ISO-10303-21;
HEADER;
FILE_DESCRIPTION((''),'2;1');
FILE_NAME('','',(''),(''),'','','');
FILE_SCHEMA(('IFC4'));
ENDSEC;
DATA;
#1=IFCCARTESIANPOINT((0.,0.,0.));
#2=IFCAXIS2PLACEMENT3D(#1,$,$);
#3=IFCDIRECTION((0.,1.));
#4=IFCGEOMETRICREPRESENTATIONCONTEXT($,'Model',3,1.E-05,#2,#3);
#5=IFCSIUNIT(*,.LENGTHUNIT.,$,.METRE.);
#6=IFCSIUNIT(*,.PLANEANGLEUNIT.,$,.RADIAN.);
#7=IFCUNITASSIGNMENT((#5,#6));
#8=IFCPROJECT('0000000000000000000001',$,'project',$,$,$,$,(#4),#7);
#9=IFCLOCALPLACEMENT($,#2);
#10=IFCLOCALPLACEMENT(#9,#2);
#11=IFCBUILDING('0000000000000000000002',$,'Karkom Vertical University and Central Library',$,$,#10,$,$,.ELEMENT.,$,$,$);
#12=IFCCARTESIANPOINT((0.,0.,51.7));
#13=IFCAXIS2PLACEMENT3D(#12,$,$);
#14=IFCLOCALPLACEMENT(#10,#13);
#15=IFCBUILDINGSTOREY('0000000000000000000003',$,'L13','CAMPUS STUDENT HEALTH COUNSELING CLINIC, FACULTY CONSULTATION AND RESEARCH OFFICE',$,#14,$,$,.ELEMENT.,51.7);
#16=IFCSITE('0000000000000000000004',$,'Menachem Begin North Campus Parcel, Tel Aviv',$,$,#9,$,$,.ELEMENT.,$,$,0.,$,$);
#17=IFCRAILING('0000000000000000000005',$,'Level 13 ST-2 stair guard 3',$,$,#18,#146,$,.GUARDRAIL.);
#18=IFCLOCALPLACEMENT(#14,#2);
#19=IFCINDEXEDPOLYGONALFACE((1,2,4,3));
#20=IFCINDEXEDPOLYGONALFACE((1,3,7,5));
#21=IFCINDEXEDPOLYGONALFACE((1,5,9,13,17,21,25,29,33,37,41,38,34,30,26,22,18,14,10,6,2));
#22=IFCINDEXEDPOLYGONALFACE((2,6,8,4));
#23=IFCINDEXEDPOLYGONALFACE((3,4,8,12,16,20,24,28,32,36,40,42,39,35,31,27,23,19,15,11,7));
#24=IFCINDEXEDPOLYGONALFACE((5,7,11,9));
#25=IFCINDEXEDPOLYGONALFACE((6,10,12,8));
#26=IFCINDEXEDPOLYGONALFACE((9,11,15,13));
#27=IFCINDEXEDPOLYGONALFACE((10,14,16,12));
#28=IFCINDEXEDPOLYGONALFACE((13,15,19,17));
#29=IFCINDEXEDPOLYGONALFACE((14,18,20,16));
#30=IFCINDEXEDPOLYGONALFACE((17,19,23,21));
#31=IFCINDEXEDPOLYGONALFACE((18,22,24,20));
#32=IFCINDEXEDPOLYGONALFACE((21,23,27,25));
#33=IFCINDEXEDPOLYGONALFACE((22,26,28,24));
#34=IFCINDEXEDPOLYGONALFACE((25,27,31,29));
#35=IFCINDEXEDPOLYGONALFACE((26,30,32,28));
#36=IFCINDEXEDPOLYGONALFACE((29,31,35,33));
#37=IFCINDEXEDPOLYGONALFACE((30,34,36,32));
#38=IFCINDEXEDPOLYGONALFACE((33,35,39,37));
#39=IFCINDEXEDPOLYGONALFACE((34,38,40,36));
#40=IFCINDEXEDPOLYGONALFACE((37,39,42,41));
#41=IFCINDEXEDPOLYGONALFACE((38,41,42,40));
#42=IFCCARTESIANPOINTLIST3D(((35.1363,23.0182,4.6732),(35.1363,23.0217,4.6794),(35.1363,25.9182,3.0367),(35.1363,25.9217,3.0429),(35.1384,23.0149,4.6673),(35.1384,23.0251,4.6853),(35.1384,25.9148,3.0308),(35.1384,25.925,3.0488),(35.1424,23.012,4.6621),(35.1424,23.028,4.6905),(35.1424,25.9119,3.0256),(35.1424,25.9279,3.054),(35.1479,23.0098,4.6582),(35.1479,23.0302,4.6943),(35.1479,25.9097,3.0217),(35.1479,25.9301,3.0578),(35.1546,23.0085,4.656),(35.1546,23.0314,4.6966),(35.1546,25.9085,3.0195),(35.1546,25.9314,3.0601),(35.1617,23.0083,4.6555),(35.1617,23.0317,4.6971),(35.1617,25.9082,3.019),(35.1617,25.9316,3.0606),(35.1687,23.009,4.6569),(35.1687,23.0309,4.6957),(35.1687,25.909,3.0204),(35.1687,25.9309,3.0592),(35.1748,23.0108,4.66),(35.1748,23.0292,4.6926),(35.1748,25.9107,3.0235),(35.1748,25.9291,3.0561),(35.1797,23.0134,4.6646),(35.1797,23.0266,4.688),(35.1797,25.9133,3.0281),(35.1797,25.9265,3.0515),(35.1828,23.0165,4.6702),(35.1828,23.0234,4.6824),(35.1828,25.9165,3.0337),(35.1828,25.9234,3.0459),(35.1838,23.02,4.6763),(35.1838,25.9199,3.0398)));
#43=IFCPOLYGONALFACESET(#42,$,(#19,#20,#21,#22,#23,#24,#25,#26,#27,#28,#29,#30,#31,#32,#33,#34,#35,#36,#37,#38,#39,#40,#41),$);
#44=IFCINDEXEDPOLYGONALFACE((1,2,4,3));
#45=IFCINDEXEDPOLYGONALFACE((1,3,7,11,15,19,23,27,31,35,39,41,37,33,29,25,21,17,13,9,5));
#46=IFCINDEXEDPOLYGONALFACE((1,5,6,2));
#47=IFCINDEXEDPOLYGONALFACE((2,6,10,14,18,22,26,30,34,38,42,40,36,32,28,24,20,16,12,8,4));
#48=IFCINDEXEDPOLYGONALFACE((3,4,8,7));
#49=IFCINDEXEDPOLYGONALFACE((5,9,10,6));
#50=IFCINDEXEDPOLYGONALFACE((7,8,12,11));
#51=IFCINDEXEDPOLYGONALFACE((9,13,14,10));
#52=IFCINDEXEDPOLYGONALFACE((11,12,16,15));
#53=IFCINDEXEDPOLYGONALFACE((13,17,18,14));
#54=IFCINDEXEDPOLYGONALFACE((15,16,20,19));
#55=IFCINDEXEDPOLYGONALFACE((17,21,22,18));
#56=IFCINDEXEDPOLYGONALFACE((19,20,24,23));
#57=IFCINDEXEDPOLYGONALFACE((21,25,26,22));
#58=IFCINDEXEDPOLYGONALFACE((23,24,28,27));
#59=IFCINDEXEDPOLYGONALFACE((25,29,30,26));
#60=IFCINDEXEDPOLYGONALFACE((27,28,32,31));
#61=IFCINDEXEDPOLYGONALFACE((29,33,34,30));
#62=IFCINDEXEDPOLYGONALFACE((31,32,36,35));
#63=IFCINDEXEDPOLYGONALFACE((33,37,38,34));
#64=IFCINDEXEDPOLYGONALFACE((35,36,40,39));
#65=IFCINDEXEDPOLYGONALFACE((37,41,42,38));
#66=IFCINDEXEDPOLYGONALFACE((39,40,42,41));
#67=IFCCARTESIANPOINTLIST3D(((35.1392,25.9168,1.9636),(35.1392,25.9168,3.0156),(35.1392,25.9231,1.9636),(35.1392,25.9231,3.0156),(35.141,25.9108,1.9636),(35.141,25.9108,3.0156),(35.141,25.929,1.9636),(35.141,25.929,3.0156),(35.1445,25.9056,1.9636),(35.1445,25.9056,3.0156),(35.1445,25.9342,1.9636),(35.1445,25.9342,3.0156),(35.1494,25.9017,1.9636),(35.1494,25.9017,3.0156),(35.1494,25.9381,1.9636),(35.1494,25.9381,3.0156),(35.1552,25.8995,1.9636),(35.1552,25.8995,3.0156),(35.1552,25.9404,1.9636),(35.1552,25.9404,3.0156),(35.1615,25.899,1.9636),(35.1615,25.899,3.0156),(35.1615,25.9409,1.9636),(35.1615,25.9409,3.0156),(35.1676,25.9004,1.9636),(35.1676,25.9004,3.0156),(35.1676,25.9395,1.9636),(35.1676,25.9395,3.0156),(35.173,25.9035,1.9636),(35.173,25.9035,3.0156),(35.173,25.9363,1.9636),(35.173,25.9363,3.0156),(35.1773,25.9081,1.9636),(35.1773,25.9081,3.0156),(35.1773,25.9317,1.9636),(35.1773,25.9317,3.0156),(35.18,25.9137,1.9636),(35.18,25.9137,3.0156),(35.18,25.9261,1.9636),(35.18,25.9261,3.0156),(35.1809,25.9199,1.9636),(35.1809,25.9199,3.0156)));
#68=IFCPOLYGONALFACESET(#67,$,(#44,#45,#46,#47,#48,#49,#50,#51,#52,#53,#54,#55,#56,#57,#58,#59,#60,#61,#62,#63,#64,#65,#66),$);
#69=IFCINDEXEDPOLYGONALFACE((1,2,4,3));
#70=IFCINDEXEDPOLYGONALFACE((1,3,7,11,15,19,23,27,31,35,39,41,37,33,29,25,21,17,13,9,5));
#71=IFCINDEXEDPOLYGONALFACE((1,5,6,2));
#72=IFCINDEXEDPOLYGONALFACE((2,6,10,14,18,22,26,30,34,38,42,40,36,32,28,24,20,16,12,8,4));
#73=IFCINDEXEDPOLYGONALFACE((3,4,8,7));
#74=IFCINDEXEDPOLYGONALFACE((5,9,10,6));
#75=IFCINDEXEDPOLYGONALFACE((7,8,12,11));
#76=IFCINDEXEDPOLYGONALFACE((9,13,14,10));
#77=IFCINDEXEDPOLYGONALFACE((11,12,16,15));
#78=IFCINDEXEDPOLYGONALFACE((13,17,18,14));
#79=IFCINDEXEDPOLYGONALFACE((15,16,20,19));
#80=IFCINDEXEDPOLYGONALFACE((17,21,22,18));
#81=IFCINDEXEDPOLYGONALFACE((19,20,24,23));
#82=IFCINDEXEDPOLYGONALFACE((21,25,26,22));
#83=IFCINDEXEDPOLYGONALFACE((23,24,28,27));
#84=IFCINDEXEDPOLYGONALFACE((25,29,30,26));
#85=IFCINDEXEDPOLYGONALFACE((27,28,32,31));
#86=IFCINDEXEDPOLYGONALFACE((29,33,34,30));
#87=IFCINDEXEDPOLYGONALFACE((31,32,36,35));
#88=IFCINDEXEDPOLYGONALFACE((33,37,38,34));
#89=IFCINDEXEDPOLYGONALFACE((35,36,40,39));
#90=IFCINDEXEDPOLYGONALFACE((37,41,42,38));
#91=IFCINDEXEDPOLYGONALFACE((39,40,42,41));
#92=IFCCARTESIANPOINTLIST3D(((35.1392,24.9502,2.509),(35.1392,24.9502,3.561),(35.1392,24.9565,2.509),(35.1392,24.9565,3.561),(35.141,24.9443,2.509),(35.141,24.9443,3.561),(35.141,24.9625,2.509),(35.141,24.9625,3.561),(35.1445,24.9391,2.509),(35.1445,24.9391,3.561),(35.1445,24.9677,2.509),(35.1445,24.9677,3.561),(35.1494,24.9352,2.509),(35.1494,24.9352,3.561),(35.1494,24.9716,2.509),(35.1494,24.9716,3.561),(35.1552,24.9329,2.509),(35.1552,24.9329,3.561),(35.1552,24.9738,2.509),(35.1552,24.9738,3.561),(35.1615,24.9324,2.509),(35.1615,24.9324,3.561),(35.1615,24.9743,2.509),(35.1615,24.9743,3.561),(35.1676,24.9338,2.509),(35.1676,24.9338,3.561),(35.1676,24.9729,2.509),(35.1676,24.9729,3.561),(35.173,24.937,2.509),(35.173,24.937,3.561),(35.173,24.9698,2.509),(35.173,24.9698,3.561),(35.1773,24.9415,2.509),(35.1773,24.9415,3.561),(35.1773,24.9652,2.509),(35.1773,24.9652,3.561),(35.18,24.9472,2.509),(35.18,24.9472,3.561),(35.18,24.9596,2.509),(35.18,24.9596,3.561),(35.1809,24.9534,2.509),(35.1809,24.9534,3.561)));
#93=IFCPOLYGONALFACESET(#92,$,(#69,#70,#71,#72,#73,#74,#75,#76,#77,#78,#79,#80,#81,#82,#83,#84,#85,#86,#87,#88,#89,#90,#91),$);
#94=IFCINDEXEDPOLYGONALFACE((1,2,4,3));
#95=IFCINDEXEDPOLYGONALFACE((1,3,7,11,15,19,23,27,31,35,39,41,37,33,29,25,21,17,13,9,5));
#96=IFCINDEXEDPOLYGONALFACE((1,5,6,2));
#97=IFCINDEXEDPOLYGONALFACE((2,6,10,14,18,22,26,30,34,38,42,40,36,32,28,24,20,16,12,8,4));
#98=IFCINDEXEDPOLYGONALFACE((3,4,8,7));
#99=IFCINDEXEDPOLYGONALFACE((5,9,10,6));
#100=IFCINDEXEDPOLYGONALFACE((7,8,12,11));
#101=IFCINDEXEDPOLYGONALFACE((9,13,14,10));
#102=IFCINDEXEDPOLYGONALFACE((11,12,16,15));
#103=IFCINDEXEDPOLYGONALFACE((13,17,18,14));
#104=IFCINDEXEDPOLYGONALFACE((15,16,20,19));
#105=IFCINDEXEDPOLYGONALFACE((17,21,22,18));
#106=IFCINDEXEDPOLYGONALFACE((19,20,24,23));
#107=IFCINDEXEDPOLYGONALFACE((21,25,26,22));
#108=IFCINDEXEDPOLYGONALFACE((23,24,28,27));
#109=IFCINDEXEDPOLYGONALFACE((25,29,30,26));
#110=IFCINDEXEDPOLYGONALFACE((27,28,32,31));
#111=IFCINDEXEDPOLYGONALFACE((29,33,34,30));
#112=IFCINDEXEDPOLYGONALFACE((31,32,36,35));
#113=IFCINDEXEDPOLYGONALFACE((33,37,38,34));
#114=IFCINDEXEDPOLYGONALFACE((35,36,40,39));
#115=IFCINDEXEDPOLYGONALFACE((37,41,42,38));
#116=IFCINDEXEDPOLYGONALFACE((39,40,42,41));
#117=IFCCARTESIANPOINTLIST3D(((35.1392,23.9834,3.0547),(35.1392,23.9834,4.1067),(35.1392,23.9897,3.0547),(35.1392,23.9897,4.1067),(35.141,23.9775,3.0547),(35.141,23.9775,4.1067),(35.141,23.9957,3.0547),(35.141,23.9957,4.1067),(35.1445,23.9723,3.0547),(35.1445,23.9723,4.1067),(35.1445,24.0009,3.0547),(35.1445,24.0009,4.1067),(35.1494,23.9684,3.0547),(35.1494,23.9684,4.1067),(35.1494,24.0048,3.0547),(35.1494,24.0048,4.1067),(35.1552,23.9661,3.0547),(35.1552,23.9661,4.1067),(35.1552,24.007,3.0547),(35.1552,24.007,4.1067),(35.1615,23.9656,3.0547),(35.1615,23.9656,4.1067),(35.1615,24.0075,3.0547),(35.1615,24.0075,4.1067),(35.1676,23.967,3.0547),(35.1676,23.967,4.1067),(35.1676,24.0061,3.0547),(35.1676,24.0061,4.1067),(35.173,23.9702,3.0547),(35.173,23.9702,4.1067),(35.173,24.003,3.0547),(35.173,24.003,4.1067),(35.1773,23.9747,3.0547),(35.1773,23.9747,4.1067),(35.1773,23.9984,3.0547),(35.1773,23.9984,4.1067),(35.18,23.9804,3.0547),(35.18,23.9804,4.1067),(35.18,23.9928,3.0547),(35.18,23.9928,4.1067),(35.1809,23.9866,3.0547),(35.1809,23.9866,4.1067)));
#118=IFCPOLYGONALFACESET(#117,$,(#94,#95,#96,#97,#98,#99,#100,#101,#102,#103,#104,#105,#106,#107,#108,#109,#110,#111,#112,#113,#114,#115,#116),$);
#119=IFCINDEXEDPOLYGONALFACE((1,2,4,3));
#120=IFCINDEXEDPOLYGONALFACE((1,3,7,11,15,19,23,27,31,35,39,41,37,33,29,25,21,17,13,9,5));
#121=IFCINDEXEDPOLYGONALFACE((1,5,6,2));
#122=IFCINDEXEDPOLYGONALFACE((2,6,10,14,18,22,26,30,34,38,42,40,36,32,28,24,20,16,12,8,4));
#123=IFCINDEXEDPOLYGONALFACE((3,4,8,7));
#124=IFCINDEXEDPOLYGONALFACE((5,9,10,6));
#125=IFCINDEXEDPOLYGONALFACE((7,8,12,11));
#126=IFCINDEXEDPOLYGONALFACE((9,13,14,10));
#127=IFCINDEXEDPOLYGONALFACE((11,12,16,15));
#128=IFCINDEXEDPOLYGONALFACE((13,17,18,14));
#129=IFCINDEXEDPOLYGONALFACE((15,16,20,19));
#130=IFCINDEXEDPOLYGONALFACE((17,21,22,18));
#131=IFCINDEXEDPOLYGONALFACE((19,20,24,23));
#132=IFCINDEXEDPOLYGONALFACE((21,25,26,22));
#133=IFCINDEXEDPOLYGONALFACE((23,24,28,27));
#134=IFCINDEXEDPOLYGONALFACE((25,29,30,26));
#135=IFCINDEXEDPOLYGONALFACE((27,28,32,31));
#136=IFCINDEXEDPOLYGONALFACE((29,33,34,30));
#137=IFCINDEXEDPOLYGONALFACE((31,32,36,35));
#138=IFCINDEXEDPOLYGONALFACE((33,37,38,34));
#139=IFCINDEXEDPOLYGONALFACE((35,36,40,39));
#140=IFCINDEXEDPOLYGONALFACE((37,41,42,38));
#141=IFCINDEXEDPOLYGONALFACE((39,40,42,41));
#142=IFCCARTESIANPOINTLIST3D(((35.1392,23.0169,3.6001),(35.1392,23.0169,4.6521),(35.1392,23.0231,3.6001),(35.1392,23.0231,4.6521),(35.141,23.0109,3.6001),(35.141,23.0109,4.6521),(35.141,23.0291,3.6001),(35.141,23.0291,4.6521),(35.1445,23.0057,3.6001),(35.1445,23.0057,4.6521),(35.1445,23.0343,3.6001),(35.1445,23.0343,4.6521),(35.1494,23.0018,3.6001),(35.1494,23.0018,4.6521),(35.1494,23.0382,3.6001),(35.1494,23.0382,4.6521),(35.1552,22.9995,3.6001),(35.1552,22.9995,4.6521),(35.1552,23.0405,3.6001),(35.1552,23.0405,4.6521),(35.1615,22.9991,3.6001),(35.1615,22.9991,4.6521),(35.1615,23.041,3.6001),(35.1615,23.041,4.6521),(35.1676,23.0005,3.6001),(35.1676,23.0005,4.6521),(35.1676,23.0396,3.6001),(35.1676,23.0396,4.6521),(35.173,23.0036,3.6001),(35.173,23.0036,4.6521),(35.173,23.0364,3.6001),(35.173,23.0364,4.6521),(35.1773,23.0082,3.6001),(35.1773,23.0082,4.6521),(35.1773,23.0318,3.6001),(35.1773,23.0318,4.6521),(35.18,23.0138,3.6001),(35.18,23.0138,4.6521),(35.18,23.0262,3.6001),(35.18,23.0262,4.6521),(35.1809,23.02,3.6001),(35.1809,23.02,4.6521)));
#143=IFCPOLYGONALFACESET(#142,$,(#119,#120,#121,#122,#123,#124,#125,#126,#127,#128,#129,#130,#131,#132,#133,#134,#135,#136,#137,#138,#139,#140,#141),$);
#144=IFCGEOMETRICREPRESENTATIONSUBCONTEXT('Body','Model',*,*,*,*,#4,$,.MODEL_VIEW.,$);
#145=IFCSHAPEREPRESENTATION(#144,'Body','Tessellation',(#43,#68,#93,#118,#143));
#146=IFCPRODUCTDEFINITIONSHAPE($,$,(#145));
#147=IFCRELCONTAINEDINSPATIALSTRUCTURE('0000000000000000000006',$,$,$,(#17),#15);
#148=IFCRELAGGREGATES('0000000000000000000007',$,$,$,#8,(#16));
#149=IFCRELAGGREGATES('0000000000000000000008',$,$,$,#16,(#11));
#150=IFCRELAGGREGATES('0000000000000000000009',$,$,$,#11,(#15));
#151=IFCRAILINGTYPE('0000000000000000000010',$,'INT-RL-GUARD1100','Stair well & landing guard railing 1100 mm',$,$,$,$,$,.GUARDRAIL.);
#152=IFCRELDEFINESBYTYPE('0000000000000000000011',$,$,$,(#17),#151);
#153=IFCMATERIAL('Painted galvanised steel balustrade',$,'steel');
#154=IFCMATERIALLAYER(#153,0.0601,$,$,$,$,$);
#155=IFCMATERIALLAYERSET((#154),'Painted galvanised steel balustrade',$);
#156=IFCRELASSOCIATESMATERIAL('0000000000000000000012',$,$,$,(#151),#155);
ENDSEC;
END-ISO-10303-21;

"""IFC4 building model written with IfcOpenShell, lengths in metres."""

from ifc_helpers import new_model, si_unit, direction, frame, origin, origin_2d, place, context, subcontext, project, spatial, circle, extrude, material, layer, layer_set, type_object, element, save


model = new_model("IFC4")

# Units and contexts
model_context = context("Model", 3, precision=1e-05, world=origin(), true_north=direction((0.0, 1.0)))
body_context = subcontext(model_context, "Body", "Model", "MODEL_VIEW")
ifc_project = project(units=[si_unit("LENGTHUNIT", "METRE"), si_unit("PLANEANGLEUNIT", "RADIAN")], contexts=[model_context])

# Site, building, storey
site_placement = place(None, origin())
site = spatial("IfcSite", under=ifc_project, at=site_placement, Name="Menachem Begin North Campus Parcel, Tel Aviv", CompositionType="ELEMENT", RefElevation=0.0)
building_placement = place(site_placement, origin())
building = spatial("IfcBuilding", under=site, at=building_placement, Name="Karkom Vertical University and Central Library", CompositionType="ELEMENT")
storey_placement = place(building_placement, frame((0.0, 0.0, 51.7)))
storey = spatial("IfcBuildingStorey", under=building, at=storey_placement, Name="L13", Description="CAMPUS STUDENT HEALTH COUNSELING CLINIC, FACULTY CONSULTATION AND RESEARCH OFFICE", CompositionType="ELEMENT", Elevation=51.7)

# Railing
ifc_material_1 = material(Name="Painted galvanised steel balustrade", Category="steel")
ifc_layer_1 = layer(ifc_material_1, 0.0601)
ifc_layer_set_1 = layer_set([ifc_layer_1], Name="Painted galvanised steel balustrade")
railing_type_1 = type_object("IfcRailingType", Name="INT-RL-GUARD1100", Description="Stair well & landing guard railing 1100 mm", PredefinedType="GUARDRAIL", material=ifc_layer_set_1)
railing_1_placement = place(storey_placement, frame((35.1599, 25.9199, 1.9636)))
element("IfcRailing", 1, at=railing_1_placement, inside=storey, type_object=railing_type_1, Name="Level 13 ST-2 stair guard 3", PredefinedType="GUARDRAIL", context=body_context, shape_type="SweptSolid", body=[
    extrude(circle(Radius=0.0239, at=origin_2d()), frame((0.0, 0.0, 1.0762), z_axis=(0.0, -0.870897, 0.491465), x_axis=(1.0, 0.0, 0.0)), (0.0, 0.0, 1.0), 3.3298),
    extrude(circle(Radius=0.021, at=origin_2d()), origin(), (0.0, 0.0, 1.0), 1.052),
    extrude(circle(Radius=0.021, at=origin_2d()), frame((0.0, -0.9666, 0.5454)), (0.0, 0.0, 1.0), 1.052),
    extrude(circle(Radius=0.021, at=origin_2d()), frame((0.0, -1.9333, 1.0911)), (0.0, 0.0, 1.0), 1.052),
    extrude(circle(Radius=0.021, at=origin_2d()), frame((0.0, -2.8999, 1.6365)), (0.0, 0.0, 1.0), 1.052),
])

save(model, "model.ifc")
